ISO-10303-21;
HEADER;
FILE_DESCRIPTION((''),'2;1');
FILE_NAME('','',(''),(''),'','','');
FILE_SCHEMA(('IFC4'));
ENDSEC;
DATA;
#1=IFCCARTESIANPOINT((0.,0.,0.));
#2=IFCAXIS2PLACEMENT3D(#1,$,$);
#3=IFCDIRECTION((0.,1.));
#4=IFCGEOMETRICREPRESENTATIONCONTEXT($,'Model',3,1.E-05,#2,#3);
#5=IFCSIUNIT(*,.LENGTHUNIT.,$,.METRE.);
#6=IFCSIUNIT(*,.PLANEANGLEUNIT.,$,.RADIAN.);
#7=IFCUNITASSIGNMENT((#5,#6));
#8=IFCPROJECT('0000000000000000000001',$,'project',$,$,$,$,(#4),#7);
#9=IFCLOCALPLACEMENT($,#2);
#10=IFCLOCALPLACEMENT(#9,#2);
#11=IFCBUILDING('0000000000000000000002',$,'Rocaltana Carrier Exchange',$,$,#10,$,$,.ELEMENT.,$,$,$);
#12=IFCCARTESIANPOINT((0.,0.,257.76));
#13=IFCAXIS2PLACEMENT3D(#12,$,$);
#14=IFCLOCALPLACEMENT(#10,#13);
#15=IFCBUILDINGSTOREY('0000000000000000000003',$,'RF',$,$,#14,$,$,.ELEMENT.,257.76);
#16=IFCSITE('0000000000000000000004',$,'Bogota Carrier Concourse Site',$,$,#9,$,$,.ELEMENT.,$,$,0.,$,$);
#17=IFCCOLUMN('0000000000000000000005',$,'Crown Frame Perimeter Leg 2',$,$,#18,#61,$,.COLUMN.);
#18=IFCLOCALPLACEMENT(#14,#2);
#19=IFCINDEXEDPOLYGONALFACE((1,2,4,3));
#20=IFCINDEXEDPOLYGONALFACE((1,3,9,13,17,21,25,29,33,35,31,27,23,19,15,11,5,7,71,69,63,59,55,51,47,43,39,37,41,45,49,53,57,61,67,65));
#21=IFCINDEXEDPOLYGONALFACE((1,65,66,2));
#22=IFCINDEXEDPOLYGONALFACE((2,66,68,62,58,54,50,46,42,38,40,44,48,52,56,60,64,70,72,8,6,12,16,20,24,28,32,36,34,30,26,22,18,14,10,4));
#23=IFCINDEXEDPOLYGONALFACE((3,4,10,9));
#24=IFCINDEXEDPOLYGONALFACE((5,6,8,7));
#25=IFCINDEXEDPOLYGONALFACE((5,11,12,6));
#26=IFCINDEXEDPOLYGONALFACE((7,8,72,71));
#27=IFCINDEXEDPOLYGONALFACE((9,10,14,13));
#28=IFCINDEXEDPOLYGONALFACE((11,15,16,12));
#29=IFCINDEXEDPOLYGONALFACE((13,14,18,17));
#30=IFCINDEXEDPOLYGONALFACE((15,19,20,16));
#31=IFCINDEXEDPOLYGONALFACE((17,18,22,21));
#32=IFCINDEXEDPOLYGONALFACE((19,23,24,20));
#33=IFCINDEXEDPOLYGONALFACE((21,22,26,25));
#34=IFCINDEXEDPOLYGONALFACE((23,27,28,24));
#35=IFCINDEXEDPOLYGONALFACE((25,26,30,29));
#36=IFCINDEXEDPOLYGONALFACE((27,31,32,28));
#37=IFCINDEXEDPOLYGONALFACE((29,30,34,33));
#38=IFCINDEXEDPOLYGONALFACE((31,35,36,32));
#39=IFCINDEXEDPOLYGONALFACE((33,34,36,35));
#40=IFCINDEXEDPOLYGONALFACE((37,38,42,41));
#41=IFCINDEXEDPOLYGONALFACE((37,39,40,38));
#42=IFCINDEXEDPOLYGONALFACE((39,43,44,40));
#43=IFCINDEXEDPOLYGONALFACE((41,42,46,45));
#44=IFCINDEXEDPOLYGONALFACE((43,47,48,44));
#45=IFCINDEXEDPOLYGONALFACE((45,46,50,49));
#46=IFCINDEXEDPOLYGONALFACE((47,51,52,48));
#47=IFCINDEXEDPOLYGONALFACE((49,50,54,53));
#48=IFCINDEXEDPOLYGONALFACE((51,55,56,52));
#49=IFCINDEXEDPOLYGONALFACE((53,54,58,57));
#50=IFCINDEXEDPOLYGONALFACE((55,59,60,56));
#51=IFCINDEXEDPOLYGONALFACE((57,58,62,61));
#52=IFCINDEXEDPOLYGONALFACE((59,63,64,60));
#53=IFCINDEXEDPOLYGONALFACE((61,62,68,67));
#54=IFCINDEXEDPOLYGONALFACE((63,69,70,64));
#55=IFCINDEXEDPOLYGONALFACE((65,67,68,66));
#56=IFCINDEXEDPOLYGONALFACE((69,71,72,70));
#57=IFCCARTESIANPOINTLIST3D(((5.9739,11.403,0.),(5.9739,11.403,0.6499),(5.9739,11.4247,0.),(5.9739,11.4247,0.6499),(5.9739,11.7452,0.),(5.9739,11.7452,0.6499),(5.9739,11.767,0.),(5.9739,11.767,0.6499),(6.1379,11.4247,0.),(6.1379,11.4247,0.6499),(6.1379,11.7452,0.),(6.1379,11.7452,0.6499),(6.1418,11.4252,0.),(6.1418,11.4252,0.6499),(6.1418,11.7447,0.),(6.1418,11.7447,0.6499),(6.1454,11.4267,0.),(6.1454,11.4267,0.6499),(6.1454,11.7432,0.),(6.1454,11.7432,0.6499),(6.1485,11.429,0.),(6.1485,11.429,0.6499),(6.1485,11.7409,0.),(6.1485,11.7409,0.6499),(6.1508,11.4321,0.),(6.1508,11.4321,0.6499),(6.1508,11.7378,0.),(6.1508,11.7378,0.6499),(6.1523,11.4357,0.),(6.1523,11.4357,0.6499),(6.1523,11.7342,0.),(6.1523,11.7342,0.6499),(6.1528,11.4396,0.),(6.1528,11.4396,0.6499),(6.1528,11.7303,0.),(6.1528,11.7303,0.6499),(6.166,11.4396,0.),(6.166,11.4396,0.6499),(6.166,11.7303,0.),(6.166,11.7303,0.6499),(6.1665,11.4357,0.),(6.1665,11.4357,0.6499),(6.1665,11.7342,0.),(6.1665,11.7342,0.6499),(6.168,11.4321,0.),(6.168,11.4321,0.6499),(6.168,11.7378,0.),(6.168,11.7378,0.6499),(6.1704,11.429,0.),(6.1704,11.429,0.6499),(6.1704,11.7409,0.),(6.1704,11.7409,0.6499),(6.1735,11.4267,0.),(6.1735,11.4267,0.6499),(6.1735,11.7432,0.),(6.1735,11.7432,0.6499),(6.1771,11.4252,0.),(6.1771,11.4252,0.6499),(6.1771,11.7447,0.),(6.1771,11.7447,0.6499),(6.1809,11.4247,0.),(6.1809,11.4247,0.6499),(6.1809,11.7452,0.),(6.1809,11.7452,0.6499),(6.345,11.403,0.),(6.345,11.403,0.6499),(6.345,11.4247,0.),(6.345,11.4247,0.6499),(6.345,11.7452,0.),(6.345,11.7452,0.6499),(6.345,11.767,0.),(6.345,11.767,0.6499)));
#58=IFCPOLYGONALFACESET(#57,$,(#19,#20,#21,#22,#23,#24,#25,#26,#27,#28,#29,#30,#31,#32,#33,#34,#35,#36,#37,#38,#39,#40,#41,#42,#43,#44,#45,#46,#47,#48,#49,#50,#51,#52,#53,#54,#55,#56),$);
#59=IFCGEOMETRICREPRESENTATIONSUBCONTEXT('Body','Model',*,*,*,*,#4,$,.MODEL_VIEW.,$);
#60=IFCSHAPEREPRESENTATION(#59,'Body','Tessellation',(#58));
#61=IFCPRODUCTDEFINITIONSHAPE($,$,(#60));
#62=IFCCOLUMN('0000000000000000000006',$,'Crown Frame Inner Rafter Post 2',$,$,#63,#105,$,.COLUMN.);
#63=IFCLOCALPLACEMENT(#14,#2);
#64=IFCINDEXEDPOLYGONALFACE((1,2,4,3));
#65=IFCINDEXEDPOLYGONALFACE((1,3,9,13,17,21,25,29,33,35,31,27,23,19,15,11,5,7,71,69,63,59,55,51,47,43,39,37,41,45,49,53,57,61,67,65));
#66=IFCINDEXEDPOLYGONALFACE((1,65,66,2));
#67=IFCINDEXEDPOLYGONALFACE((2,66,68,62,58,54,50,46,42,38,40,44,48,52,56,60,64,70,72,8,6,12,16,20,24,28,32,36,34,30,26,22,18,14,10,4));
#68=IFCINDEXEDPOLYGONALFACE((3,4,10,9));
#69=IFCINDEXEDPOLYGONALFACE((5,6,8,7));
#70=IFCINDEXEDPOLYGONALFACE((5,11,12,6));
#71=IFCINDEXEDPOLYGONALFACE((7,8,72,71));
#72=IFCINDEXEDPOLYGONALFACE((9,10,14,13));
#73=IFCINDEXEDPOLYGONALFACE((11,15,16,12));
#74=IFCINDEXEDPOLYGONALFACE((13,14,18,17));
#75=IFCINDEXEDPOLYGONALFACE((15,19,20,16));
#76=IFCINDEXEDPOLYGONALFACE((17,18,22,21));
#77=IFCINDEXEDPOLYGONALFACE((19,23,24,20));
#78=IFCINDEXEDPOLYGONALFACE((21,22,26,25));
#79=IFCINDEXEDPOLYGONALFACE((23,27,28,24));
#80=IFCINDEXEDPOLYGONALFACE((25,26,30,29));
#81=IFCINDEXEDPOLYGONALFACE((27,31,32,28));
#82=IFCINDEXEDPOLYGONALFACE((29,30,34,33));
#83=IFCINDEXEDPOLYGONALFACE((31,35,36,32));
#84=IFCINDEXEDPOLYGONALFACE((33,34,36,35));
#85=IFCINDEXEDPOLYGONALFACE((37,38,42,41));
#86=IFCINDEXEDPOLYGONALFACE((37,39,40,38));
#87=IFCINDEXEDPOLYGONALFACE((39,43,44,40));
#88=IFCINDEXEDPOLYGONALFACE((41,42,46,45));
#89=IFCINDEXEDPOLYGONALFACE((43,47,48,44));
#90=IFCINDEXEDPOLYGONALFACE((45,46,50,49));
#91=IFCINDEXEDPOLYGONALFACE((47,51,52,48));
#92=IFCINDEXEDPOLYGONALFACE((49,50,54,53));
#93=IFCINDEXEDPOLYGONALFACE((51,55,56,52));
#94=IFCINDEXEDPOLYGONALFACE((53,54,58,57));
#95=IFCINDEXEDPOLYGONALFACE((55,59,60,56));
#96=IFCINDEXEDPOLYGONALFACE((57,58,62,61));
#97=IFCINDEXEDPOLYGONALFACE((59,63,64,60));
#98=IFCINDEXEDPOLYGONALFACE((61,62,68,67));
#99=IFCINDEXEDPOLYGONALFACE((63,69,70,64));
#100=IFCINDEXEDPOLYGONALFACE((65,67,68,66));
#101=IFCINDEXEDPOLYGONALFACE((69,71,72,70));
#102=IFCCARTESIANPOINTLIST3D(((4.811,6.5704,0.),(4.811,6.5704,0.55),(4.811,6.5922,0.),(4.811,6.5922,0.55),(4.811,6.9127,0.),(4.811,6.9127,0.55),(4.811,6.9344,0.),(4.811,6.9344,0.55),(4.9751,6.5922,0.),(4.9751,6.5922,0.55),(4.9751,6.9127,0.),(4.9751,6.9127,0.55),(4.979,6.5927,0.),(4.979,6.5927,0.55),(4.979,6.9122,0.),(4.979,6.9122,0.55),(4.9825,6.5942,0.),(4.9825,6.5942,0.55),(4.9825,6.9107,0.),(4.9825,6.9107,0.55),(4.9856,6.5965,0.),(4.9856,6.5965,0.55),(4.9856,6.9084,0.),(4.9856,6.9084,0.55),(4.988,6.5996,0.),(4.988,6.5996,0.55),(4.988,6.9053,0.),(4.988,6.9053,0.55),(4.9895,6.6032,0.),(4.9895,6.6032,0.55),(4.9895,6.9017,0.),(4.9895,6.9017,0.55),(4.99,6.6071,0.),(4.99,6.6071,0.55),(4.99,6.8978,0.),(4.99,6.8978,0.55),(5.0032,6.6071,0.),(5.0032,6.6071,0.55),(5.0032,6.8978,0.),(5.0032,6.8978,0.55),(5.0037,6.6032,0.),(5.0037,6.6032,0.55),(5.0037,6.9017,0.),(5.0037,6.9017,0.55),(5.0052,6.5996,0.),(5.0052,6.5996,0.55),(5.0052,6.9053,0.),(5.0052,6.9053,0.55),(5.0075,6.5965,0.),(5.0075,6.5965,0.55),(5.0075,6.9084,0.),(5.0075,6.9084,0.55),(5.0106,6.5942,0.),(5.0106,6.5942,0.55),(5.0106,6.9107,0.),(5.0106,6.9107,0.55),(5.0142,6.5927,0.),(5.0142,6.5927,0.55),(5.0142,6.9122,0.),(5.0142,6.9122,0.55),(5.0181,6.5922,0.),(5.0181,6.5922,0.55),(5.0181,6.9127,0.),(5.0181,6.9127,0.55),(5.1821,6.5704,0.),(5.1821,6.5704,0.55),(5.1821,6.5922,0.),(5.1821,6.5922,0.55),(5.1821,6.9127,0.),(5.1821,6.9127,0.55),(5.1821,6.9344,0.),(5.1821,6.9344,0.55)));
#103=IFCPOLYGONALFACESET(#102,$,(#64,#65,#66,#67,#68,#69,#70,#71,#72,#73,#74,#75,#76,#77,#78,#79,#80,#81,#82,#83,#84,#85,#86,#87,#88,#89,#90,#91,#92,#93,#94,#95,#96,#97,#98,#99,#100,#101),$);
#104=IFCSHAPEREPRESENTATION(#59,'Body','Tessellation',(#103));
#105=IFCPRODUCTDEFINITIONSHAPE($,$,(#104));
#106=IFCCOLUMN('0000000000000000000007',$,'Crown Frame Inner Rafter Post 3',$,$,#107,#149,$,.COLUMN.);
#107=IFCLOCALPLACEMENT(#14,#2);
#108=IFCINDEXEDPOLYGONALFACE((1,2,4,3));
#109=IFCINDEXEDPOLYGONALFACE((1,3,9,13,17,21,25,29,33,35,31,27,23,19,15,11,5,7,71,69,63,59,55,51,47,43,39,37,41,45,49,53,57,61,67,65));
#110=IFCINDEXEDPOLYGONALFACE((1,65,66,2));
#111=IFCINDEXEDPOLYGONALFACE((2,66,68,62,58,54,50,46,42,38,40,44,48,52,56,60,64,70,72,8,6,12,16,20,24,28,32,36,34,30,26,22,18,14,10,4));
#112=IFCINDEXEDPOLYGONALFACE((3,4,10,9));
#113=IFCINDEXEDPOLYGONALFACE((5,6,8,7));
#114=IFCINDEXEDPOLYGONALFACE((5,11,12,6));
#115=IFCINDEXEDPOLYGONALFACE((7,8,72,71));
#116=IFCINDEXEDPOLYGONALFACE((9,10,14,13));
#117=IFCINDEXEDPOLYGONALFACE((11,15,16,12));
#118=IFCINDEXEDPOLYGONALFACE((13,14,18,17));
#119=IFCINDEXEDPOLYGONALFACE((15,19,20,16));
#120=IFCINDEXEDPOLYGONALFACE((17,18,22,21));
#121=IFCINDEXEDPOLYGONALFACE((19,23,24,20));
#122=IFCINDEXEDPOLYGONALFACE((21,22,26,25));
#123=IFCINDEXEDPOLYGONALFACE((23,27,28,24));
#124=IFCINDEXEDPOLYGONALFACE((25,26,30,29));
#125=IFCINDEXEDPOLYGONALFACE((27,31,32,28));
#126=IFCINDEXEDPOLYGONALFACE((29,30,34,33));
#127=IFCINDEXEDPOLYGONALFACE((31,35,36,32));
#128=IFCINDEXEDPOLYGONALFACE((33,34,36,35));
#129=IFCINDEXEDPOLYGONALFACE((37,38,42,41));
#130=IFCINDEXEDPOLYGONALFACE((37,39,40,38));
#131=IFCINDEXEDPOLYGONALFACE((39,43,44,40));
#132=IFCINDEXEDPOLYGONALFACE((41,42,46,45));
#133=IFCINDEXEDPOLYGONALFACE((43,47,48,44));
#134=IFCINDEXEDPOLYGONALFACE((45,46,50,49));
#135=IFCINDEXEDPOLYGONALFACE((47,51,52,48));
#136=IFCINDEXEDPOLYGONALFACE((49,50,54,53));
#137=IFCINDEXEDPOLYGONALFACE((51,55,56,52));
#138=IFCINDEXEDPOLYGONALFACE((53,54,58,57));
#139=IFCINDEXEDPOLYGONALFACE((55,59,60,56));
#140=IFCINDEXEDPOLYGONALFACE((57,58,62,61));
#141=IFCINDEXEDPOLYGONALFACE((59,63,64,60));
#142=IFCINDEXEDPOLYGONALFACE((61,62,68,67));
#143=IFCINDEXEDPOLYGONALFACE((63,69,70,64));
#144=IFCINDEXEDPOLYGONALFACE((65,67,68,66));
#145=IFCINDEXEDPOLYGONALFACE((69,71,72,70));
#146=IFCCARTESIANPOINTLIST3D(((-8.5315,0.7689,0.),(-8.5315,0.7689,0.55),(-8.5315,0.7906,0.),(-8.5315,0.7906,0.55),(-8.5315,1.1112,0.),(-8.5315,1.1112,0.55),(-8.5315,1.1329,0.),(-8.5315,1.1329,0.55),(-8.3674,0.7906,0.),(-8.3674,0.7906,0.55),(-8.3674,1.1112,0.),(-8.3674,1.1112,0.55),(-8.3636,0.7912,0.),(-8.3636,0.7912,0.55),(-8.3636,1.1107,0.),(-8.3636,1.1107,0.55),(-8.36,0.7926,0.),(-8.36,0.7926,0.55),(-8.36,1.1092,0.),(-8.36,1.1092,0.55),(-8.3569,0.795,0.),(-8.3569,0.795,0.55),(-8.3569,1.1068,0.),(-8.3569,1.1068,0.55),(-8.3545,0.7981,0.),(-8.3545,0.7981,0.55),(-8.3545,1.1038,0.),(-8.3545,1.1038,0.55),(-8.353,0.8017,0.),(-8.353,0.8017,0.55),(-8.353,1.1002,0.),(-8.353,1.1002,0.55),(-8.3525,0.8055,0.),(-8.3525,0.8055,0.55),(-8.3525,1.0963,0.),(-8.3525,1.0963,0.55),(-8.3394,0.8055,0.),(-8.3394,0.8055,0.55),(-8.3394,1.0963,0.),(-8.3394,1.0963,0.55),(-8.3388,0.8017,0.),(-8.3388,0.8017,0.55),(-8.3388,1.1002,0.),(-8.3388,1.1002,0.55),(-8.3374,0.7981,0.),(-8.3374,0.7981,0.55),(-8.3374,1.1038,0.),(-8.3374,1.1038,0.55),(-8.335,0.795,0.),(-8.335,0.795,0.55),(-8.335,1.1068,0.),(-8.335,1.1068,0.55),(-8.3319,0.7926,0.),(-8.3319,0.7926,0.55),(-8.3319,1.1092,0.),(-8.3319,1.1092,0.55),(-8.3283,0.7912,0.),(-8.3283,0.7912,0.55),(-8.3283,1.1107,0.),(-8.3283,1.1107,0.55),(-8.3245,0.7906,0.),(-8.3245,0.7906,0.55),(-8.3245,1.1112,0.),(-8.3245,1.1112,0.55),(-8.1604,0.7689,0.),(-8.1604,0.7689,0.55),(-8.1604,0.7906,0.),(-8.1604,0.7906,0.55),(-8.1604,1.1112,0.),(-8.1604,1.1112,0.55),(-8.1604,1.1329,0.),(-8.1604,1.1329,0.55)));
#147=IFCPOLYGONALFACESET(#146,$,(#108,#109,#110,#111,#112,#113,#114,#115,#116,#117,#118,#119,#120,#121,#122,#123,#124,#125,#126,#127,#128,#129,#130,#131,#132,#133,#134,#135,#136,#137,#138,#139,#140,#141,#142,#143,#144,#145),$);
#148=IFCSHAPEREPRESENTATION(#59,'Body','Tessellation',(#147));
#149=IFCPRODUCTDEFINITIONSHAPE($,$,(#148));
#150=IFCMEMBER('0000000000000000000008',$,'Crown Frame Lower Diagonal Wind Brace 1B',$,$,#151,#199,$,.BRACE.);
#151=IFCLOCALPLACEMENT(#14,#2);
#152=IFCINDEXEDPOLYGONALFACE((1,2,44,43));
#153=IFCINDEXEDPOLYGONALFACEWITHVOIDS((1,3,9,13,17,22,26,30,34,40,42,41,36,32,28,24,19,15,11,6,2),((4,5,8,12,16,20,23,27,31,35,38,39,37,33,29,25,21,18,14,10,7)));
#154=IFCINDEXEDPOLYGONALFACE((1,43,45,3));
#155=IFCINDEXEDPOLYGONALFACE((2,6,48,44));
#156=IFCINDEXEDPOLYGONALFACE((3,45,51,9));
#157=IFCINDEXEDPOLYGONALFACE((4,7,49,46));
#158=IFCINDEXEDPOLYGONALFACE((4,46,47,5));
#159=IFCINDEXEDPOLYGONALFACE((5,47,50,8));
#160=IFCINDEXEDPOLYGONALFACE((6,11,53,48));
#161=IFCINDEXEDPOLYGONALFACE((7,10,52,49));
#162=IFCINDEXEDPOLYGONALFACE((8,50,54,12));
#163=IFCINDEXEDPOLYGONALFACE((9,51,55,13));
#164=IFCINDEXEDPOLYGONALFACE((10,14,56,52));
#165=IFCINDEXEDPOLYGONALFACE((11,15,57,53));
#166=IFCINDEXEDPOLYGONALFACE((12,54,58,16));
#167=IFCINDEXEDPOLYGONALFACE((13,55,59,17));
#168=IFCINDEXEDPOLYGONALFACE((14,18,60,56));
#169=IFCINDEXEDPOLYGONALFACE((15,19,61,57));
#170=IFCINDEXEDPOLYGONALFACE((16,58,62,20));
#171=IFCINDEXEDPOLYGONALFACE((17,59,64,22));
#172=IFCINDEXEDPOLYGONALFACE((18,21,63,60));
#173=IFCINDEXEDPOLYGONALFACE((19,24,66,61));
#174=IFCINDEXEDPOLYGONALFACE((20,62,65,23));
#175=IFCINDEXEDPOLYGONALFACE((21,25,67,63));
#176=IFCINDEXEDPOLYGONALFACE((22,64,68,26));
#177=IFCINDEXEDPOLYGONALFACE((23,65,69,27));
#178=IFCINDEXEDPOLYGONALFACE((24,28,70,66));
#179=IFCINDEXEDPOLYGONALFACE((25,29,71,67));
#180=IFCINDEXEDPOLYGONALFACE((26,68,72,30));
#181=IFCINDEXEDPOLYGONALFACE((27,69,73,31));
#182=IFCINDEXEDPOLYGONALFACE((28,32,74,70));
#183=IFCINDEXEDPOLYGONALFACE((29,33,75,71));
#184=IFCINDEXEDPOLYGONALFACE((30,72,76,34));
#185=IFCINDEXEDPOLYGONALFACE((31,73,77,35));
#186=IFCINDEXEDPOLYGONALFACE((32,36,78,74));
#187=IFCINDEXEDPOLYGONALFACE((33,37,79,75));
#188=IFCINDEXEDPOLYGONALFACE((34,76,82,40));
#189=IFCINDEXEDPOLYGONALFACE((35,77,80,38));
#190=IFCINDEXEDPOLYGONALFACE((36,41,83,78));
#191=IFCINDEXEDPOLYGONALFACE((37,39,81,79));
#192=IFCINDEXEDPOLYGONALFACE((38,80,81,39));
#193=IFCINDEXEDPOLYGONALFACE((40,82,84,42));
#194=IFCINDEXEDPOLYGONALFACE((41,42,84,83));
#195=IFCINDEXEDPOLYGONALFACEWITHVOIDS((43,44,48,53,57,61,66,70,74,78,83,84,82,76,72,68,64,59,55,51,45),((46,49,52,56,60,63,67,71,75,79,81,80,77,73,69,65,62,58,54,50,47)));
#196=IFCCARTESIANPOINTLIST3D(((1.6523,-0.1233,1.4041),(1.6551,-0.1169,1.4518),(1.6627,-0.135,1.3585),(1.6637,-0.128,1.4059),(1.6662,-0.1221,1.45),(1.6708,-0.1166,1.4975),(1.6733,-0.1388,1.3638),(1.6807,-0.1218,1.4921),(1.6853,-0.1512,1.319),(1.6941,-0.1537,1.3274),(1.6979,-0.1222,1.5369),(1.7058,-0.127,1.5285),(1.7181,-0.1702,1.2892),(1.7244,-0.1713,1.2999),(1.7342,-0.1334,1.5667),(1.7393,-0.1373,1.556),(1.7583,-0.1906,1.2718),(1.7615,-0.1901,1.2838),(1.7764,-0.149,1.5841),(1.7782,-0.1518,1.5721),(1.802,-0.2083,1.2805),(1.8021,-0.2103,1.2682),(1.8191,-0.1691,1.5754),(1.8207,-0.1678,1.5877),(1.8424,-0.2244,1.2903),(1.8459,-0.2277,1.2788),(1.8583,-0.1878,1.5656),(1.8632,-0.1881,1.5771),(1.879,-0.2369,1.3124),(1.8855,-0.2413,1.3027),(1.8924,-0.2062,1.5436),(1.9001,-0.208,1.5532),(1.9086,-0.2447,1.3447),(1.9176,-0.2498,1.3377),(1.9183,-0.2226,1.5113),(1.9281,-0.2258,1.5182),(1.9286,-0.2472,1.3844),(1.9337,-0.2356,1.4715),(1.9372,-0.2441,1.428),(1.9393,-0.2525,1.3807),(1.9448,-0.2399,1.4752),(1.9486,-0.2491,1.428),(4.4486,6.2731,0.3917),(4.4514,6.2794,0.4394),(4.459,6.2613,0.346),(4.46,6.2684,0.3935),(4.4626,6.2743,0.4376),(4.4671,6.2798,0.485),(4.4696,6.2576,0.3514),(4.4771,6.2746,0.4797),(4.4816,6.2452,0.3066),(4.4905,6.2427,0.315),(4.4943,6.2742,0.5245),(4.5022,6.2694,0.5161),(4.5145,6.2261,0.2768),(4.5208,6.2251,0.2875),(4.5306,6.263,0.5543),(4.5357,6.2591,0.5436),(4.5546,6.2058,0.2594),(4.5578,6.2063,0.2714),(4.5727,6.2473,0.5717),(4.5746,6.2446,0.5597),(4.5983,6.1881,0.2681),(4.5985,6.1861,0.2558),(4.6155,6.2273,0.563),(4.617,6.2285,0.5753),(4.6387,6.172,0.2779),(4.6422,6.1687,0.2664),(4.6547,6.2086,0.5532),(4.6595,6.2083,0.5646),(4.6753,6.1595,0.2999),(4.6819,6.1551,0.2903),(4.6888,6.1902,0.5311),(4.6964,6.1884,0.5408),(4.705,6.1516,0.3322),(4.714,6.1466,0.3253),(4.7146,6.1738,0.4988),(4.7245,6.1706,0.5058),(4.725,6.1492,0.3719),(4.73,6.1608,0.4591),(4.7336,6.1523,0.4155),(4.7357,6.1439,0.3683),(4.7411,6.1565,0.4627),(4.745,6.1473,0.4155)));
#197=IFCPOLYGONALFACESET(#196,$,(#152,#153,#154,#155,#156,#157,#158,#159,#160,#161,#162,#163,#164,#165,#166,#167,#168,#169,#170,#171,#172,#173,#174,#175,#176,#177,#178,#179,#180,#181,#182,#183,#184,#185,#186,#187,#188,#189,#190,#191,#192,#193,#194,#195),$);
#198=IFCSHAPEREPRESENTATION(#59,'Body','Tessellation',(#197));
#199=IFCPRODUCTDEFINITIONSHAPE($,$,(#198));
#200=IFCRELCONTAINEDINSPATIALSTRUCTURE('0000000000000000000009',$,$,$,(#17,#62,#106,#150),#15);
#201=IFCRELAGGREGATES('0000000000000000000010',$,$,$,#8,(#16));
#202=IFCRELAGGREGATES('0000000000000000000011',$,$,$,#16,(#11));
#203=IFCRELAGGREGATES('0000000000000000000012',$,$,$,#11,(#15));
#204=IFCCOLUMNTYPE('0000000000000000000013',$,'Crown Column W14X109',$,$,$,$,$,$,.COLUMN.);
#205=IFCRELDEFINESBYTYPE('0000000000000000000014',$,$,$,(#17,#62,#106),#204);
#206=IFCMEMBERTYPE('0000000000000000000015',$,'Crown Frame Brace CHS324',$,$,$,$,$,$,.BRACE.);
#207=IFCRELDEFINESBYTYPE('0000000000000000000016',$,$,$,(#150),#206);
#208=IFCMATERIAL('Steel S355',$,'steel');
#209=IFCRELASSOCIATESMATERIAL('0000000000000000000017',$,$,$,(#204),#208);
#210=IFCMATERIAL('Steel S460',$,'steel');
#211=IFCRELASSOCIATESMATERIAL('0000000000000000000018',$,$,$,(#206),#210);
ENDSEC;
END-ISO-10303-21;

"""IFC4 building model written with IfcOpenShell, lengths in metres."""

from ifc_helpers import new_model, si_unit, direction, frame, origin, origin_2d, place, context, subcontext, project, spatial, hollow_circle, i_section, extrude, material, material_profile, profile_set, type_object, element, save


model = new_model("IFC4")

# Units and contexts
model_context = context("Model", 3, precision=1e-05, world=origin(), true_north=direction((0.0, 1.0)))
body_context = subcontext(model_context, "Body", "Model", "MODEL_VIEW")
ifc_project = project(units=[si_unit("LENGTHUNIT", "METRE"), si_unit("PLANEANGLEUNIT", "RADIAN")], contexts=[model_context])

# Site, building, storey
site_placement = place(None, origin())
site = spatial("IfcSite", under=ifc_project, at=site_placement, Name="Bogota Carrier Concourse Site", CompositionType="ELEMENT", RefElevation=0.0)
building_placement = place(site_placement, origin())
building = spatial("IfcBuilding", under=site, at=building_placement, Name="Rocaltana Carrier Exchange", CompositionType="ELEMENT")
storey_placement = place(building_placement, frame((0.0, 0.0, 257.76)))
storey = spatial("IfcBuildingStorey", under=building, at=storey_placement, Name="RF", CompositionType="ELEMENT", Elevation=257.76)

# Columns
ifc_material_1 = material(Name="Steel S355", Category="steel")
ifc_material_profile_1 = material_profile(ifc_material_1, i_section(OverallWidth=0.3711, OverallDepth=0.364, WebThickness=0.0132, FlangeThickness=0.0217, FilletRadius=0.0149, at=origin_2d()), Name="W14X109")
ifc_profile_set_1 = profile_set([ifc_material_profile_1], Name="Steel S355")
column_type = type_object("IfcColumnType", Name="Crown Column W14X109", PredefinedType="COLUMN", material=ifc_profile_set_1)
column_placement = place(storey_placement, frame((6.1594, 11.585, 0.0), z_axis=(0.0, 0.0, 1.0), x_axis=(1.0, 0.0, 0.0)))
element("IfcColumn", 1, at=column_placement, inside=storey, type_object=column_type, Name="Crown Frame Perimeter Leg 2", PredefinedType="COLUMN", context=body_context, shape_type="SweptSolid", body=[
    extrude(i_section(OverallWidth=0.3711, OverallDepth=0.364, WebThickness=0.0132, FlangeThickness=0.0217, FilletRadius=0.0149, at=origin_2d()), origin(), (0.0, 0.0, 1.0), 0.6499),
])
for number, where, z_axis, x_axis, name in (
    (2, (4.9966, 6.7524, 0.0), (0.0, 0.0, 1.0), (1.0, 0.0, 0.0), "Crown Frame Inner Rafter Post 2"),
    (3, (-8.3459, 0.9509, 0.0), (0.0, 0.0, 1.0), (1.0, 0.0, 0.0), "Crown Frame Inner Rafter Post 3"),
):
    element("IfcColumn", number, at=place(storey_placement, frame(where, z_axis=z_axis, x_axis=x_axis)), inside=storey, type_object=column_type, Name=name, PredefinedType="COLUMN", context=body_context, shape_type="SweptSolid", body=[
        extrude(i_section(OverallWidth=0.3711, OverallDepth=0.364, WebThickness=0.0132, FlangeThickness=0.0217, FilletRadius=0.0149, at=origin_2d()), origin(), (0.0, 0.0, 1.0), 0.55),
    ])

# Member
ifc_material_2 = material(Name="Steel S460", Category="steel")
ifc_material_profile_2 = material_profile(ifc_material_2, hollow_circle(Radius=0.1619, WallThickness=0.0125, at=origin_2d()), Name="CHS323.9X12.5")
ifc_profile_set_2 = profile_set([ifc_material_profile_2], Name="Steel S460")
member_type_1 = type_object("IfcMemberType", Name="Crown Frame Brace CHS324", PredefinedType="BRACE", material=ifc_profile_set_2)
member_1_placement = place(storey_placement, frame((4.5967, 6.2122, 0.4155), z_axis=(-0.396422, -0.90678, 0.143527), x_axis=(0.916266, -0.400569, 0.0)))
element("IfcMember", 4, at=member_1_placement, inside=storey, type_object=member_type_1, Name="Crown Frame Lower Diagonal Wind Brace 1B", PredefinedType="BRACE", context=body_context, shape_type="SweptSolid", body=[
    extrude(hollow_circle(Radius=0.1619, WallThickness=0.0125, at=origin_2d()), origin(), (0.0, 0.0, 1.0), 7.054),
])

save(model, "model.ifc")
